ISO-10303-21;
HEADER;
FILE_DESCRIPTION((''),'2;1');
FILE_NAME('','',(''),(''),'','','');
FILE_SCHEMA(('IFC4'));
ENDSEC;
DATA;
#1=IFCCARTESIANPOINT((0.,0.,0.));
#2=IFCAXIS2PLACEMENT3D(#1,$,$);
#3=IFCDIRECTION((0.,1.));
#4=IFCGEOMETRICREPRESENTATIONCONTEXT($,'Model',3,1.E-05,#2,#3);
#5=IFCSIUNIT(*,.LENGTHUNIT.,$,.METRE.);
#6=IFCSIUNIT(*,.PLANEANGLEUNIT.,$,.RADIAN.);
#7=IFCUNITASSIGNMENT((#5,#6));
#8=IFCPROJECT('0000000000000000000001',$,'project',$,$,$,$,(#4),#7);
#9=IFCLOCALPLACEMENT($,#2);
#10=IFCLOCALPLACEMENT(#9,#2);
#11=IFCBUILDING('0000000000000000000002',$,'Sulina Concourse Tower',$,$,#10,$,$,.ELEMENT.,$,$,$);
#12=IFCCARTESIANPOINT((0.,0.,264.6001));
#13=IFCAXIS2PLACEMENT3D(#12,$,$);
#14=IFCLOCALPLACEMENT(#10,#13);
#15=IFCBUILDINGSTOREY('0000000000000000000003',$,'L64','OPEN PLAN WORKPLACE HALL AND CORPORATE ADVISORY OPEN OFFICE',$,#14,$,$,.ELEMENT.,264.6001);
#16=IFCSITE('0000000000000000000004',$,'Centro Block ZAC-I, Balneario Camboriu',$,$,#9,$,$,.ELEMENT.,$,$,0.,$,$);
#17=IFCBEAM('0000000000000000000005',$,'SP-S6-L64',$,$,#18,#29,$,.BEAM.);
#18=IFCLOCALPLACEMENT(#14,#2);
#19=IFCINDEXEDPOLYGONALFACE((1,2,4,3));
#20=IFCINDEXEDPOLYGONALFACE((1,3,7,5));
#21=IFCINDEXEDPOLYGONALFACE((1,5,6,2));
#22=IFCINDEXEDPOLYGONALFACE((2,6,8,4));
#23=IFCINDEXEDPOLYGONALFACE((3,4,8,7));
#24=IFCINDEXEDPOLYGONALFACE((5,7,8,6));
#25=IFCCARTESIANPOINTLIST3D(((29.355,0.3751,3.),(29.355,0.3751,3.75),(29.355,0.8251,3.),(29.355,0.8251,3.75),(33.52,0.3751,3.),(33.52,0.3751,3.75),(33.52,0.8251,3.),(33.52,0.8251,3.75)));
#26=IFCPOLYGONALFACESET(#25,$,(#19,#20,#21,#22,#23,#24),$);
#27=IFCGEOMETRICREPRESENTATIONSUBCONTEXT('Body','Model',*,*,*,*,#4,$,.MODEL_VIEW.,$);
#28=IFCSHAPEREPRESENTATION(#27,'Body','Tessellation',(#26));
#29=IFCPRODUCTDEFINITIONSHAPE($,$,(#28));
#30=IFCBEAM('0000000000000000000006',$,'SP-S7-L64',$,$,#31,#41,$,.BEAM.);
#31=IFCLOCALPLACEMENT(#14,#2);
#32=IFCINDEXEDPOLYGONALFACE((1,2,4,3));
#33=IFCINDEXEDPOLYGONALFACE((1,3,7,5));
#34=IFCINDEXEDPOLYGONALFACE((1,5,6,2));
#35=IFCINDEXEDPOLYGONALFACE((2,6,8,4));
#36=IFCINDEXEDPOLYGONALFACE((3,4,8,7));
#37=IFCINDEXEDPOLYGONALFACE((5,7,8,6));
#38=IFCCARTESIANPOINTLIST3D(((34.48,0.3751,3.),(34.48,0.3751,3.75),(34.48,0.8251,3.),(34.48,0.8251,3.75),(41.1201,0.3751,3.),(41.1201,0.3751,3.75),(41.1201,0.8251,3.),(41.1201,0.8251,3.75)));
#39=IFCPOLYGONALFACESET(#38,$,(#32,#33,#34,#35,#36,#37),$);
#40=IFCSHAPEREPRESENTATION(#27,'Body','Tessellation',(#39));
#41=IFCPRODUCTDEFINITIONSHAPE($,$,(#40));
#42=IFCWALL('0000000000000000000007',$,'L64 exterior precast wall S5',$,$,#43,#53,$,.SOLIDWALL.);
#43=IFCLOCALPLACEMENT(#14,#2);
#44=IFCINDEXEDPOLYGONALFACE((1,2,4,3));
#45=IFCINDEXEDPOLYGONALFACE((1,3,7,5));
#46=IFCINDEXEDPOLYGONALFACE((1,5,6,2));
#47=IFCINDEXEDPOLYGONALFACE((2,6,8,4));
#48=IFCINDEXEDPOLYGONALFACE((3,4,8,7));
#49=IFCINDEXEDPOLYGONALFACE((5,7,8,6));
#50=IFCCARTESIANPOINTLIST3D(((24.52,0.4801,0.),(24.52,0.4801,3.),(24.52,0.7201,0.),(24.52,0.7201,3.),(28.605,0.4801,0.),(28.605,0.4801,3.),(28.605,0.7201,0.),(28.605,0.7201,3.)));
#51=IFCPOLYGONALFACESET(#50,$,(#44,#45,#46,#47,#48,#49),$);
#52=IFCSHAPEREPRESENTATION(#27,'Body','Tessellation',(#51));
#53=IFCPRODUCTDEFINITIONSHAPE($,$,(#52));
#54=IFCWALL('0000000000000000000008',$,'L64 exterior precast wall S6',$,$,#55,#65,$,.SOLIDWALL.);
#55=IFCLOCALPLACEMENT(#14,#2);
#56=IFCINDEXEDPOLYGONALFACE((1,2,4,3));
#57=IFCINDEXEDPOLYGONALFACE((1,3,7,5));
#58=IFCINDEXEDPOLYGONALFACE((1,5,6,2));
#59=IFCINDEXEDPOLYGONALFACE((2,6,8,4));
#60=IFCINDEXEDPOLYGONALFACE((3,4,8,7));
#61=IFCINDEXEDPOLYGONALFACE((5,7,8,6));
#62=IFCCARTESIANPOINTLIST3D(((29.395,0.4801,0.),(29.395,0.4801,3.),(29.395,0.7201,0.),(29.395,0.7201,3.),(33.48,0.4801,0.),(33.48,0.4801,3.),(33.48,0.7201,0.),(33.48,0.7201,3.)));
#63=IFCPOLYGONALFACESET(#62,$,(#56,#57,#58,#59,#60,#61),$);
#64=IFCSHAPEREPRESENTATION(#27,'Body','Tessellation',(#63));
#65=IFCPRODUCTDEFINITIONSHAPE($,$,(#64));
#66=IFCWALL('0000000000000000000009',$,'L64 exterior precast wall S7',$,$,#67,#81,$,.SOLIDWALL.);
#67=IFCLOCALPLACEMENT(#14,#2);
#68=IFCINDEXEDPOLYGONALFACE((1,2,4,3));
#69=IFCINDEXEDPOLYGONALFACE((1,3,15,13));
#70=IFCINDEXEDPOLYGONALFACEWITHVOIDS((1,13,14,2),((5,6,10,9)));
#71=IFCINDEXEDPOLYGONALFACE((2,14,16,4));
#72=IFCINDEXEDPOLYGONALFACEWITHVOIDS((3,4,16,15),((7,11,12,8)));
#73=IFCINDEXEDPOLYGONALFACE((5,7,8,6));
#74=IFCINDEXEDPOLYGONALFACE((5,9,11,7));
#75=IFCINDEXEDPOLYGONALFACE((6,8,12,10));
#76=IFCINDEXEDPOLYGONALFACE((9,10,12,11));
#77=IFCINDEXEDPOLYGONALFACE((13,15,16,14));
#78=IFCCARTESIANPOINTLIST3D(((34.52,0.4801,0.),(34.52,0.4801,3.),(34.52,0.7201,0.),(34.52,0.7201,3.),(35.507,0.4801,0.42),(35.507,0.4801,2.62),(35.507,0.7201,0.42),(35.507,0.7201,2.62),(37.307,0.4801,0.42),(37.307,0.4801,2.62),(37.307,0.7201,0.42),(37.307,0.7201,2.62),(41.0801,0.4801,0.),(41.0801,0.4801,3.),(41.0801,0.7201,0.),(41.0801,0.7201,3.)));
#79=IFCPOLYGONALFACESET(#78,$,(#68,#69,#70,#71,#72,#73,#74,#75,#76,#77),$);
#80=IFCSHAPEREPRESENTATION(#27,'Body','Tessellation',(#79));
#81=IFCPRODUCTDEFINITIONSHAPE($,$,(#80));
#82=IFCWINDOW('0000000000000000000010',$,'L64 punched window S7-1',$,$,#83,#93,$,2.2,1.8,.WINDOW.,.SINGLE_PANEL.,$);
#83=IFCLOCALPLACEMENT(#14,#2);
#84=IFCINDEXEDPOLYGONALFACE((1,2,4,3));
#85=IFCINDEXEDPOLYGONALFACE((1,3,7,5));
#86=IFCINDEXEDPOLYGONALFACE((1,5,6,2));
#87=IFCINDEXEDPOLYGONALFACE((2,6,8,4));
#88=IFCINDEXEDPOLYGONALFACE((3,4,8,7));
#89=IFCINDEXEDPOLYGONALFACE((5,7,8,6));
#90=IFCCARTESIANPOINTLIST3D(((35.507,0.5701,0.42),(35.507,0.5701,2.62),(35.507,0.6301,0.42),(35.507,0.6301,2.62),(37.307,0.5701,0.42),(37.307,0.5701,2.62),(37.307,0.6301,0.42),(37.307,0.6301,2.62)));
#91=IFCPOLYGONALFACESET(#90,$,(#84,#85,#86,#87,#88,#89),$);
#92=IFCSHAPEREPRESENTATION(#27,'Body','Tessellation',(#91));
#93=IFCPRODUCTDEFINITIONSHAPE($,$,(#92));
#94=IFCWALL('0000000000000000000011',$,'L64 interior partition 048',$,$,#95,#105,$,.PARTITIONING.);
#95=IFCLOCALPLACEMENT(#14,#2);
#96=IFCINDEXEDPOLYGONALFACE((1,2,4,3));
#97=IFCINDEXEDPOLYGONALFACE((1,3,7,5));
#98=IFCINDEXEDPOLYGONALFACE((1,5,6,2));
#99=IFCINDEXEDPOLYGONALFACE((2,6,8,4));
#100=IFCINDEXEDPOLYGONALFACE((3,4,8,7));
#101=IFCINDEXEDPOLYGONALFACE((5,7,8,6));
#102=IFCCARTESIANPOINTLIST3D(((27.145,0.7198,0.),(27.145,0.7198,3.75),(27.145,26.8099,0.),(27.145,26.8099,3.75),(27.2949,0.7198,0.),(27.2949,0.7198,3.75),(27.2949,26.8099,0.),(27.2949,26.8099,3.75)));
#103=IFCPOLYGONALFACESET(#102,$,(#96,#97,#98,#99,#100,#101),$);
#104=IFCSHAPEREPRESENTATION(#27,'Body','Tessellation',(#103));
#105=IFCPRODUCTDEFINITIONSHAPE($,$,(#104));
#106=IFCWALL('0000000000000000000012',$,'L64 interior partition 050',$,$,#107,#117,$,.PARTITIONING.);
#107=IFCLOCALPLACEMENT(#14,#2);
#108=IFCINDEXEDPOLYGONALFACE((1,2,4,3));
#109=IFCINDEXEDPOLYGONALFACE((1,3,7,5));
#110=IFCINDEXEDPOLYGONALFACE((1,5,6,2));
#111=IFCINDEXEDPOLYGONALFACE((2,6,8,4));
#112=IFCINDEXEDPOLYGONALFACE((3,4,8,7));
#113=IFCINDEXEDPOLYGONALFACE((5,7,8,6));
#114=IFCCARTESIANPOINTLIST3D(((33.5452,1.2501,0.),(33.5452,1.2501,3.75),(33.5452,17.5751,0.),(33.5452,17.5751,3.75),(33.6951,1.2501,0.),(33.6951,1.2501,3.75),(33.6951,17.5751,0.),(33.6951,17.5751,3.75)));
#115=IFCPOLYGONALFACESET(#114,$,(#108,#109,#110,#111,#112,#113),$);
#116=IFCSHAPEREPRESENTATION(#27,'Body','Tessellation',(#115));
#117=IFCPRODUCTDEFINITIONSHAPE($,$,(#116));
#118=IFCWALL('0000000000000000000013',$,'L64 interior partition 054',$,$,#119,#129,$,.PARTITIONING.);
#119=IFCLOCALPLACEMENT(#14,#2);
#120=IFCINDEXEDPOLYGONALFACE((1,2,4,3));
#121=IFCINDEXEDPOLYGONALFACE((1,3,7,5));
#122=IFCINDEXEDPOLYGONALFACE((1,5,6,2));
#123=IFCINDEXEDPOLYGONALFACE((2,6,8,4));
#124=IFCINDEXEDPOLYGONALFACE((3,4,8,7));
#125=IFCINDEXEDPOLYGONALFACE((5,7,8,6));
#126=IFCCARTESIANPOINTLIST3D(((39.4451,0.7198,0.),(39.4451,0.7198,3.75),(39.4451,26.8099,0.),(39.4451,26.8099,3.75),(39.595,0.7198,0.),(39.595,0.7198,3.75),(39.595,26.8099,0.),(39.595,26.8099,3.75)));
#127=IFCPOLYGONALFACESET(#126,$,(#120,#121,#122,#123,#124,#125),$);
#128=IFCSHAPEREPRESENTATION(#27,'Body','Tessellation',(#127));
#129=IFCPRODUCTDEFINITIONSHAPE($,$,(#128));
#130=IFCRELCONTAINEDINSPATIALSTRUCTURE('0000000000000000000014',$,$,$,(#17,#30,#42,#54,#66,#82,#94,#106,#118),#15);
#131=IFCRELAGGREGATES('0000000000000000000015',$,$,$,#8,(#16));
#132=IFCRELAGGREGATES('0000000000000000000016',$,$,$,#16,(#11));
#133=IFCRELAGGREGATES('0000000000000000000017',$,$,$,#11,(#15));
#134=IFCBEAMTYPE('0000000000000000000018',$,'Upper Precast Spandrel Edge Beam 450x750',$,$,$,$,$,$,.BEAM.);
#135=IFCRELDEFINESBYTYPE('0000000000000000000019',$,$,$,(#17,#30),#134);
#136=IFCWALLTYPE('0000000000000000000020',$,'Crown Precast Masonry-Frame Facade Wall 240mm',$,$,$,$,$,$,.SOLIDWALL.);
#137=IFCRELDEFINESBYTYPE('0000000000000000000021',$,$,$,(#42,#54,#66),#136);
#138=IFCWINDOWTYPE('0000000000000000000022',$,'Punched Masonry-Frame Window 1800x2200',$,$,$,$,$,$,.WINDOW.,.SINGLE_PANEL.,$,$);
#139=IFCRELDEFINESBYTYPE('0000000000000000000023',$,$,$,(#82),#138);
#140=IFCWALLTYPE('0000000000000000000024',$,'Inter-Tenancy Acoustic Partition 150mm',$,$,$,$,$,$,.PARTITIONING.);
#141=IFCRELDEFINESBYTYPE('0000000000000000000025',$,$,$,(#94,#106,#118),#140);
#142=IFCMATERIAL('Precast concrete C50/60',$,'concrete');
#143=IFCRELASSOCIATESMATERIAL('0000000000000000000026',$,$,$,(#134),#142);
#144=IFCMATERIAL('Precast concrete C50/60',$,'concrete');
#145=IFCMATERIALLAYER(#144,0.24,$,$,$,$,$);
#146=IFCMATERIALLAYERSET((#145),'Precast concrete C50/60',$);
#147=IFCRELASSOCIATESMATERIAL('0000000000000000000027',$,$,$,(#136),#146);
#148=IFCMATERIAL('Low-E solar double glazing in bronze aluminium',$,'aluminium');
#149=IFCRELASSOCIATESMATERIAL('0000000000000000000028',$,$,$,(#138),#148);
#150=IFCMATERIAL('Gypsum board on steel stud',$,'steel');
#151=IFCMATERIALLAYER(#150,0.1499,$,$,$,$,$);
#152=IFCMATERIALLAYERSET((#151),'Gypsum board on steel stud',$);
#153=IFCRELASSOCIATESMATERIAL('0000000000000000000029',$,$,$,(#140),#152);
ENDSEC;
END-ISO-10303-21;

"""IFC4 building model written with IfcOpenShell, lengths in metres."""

from ifc_helpers import new_model, si_unit, direction, frame, frame_2d, origin, origin_2d, place, context, subcontext, project, spatial, rectangle, extrude, material, layer, layer_set, material_profile, profile_set, type_object, element, fill, save


model = new_model("IFC4")

# Units and contexts
model_context = context("Model", 3, precision=1e-05, world=origin(), true_north=direction((0.0, 1.0)))
body_context = subcontext(model_context, "Body", "Model", "MODEL_VIEW")
ifc_project = project(units=[si_unit("LENGTHUNIT", "METRE"), si_unit("PLANEANGLEUNIT", "RADIAN")], contexts=[model_context])

# Site, building, storey
site_placement = place(None, origin())
site = spatial("IfcSite", under=ifc_project, at=site_placement, Name="Centro Block ZAC-I, Balneario Camboriu", CompositionType="ELEMENT", RefElevation=0.0)
building_placement = place(site_placement, origin())
building = spatial("IfcBuilding", under=site, at=building_placement, Name="Sulina Concourse Tower", CompositionType="ELEMENT")
storey_placement = place(building_placement, frame((0.0, 0.0, 264.6001)))
storey = spatial("IfcBuildingStorey", under=building, at=storey_placement, Name="L64", Description="OPEN PLAN WORKPLACE HALL AND CORPORATE ADVISORY OPEN OFFICE", CompositionType="ELEMENT", Elevation=264.6001)

# Beams
ifc_material_1 = material(Name="Precast concrete C50/60", Category="concrete")
ifc_material_profile_1 = material_profile(ifc_material_1, rectangle(XDim=0.45, YDim=0.75, at=origin_2d()), Name="RC 450x750")
ifc_profile_set_1 = profile_set([ifc_material_profile_1], Name="Precast concrete C50/60")
beam_type_1 = type_object("IfcBeamType", Name="Upper Precast Spandrel Edge Beam 450x750", PredefinedType="BEAM", material=ifc_profile_set_1)
for number, where, z_axis, x_axis, name in (
    (1, (29.355, 0.6001, 3.375), (1.0, 0.0, 0.0), (0.0, 1.0, 0.0), "SP-S6-L64"),
):
    element("IfcBeam", number, at=place(storey_placement, frame(where, z_axis=z_axis, x_axis=x_axis)), inside=storey, type_object=beam_type_1, Name=name, PredefinedType="BEAM", context=body_context, shape_type="SweptSolid", body=[
        extrude(rectangle(XDim=0.45, YDim=0.75, at=origin_2d()), origin(), (0.0, 0.0, 1.0), 4.165),
    ])
beam_1_placement = place(storey_placement, frame((34.48, 0.6001, 3.375), z_axis=(1.0, 0.0, 0.0), x_axis=(0.0, 1.0, 0.0)))
element("IfcBeam", 2, at=beam_1_placement, inside=storey, type_object=beam_type_1, Name="SP-S7-L64", PredefinedType="BEAM", context=body_context, shape_type="SweptSolid", body=[
    extrude(rectangle(XDim=0.45, YDim=0.75, at=origin_2d()), origin(), (0.0, 0.0, 1.0), 6.6401),
])

# Walls
ifc_material_2 = material(Name="Precast concrete C50/60", Category="concrete")
ifc_layer_1 = layer(ifc_material_2, 0.24)
ifc_layer_set_1 = layer_set([ifc_layer_1], Name="Precast concrete C50/60")
wall_type_1 = type_object("IfcWallType", Name="Crown Precast Masonry-Frame Facade Wall 240mm", PredefinedType="SOLIDWALL", material=ifc_layer_set_1)
for number, where, z_axis, x_axis, name in (
    (3, (28.605, 0.6001, 0.0), (0.0, 0.0, 1.0), (-1.0, 0.0, 0.0), "L64 exterior precast wall S5"),
    (4, (33.48, 0.6001, 0.0), (0.0, 0.0, 1.0), (-1.0, 0.0, 0.0), "L64 exterior precast wall S6"),
):
    element("IfcWall", number, at=place(storey_placement, frame(where, z_axis=z_axis, x_axis=x_axis)), inside=storey, type_object=wall_type_1, Name=name, PredefinedType="SOLIDWALL", context=body_context, shape_type="SweptSolid", body=[
        extrude(rectangle(XDim=4.085, YDim=0.24, at=frame_2d((2.0425, 0.0))), origin(), (0.0, 0.0, 1.0), 3.0),
    ])

# Wall, opening, window
wall_1_placement = place(storey_placement, frame((41.0801, 0.6001, 0.0), z_axis=(0.0, 0.0, 1.0), x_axis=(-1.0, 0.0, 0.0)))
wall_1 = element("IfcWall", 5, at=wall_1_placement, inside=storey, type_object=wall_type_1, Name="L64 exterior precast wall S7", PredefinedType="SOLIDWALL", context=body_context, shape_type="SweptSolid", body=[
    extrude(rectangle(XDim=6.5601, YDim=0.24, at=frame_2d((3.28, 0.0))), origin(), (0.0, 0.0, 1.0), 3.0),
])
opening_placement = place(wall_1_placement, frame((3.7732, 0.0, 0.4199)))
opening = element("IfcOpeningElement", 6, at=opening_placement, cuts=wall_1, PredefinedType="OPENING", context=body_context, shape_type="SweptSolid", body=[
    extrude(rectangle(XDim=1.8, YDim=2.2, at=frame_2d((0.8999, 1.1001))), frame((0.0, 0.1299, 0.0), z_axis=(0.0, -1.0, 0.0), x_axis=(1.0, 0.0, 0.0)), (0.0, 0.0, 1.0), 0.26),
])
ifc_material_3 = material(Name="Low-E solar double glazing in bronze aluminium", Category="aluminium")
window_type = type_object("IfcWindowType", Name="Punched Masonry-Frame Window 1800x2200", PartitioningType="SINGLE_PANEL", PredefinedType="WINDOW", material=ifc_material_3)
window_placement = place(opening_placement, origin())
window = element("IfcWindow", 7, at=window_placement, inside=storey, type_object=window_type, Name="L64 punched window S7-1", OverallHeight=2.2, OverallWidth=1.8, PartitioningType="SINGLE_PANEL", PredefinedType="WINDOW", context=body_context, shape_type="SweptSolid", body=[
    extrude(rectangle(XDim=1.8, YDim=2.2, at=frame_2d((0.8999, 1.1001))), frame((0.0, 0.03, 0.0), z_axis=(0.0, -1.0, 0.0), x_axis=(1.0, 0.0, 0.0)), (0.0, 0.0, 1.0), 0.0601),
])
fill(opening, window)

# Walls
ifc_material_4 = material(Name="Gypsum board on steel stud", Category="steel")
ifc_layer_2 = layer(ifc_material_4, 0.1499)
ifc_layer_set_2 = layer_set([ifc_layer_2], Name="Gypsum board on steel stud")
wall_type_2 = type_object("IfcWallType", Name="Inter-Tenancy Acoustic Partition 150mm", PredefinedType="PARTITIONING", material=ifc_layer_set_2)
wall_2_placement = place(storey_placement, frame((27.22, 0.72, 0.0), z_axis=(0.0, 0.0, 1.0), x_axis=(0.0, 1.0, 0.0)))
element("IfcWall", 8, at=wall_2_placement, inside=storey, type_object=wall_type_2, Name="L64 interior partition 048", PredefinedType="PARTITIONING", context=body_context, shape_type="SweptSolid", body=[
    extrude(rectangle(XDim=26.0901, YDim=0.1499, at=frame_2d((13.0449, 0.0))), origin(), (0.0, 0.0, 1.0), 3.75),
])
wall_3_placement = place(storey_placement, frame((33.6201, 1.25, 0.0), z_axis=(0.0, 0.0, 1.0), x_axis=(0.0, 1.0, 0.0)))
element("IfcWall", 9, at=wall_3_placement, inside=storey, type_object=wall_type_2, Name="L64 interior partition 050", PredefinedType="PARTITIONING", context=body_context, shape_type="SweptSolid", body=[
    extrude(rectangle(XDim=16.325, YDim=0.1499, at=frame_2d((8.1626, 0.0))), origin(), (0.0, 0.0, 1.0), 3.75),
])
wall_4_placement = place(storey_placement, frame((39.52, 0.72, 0.0), z_axis=(0.0, 0.0, 1.0), x_axis=(0.0, 1.0, 0.0)))
element("IfcWall", 10, at=wall_4_placement, inside=storey, type_object=wall_type_2, Name="L64 interior partition 054", PredefinedType="PARTITIONING", context=body_context, shape_type="SweptSolid", body=[
    extrude(rectangle(XDim=26.0901, YDim=0.1499, at=frame_2d((13.0449, 0.0))), origin(), (0.0, 0.0, 1.0), 3.75),
])

save(model, "model.ifc")
